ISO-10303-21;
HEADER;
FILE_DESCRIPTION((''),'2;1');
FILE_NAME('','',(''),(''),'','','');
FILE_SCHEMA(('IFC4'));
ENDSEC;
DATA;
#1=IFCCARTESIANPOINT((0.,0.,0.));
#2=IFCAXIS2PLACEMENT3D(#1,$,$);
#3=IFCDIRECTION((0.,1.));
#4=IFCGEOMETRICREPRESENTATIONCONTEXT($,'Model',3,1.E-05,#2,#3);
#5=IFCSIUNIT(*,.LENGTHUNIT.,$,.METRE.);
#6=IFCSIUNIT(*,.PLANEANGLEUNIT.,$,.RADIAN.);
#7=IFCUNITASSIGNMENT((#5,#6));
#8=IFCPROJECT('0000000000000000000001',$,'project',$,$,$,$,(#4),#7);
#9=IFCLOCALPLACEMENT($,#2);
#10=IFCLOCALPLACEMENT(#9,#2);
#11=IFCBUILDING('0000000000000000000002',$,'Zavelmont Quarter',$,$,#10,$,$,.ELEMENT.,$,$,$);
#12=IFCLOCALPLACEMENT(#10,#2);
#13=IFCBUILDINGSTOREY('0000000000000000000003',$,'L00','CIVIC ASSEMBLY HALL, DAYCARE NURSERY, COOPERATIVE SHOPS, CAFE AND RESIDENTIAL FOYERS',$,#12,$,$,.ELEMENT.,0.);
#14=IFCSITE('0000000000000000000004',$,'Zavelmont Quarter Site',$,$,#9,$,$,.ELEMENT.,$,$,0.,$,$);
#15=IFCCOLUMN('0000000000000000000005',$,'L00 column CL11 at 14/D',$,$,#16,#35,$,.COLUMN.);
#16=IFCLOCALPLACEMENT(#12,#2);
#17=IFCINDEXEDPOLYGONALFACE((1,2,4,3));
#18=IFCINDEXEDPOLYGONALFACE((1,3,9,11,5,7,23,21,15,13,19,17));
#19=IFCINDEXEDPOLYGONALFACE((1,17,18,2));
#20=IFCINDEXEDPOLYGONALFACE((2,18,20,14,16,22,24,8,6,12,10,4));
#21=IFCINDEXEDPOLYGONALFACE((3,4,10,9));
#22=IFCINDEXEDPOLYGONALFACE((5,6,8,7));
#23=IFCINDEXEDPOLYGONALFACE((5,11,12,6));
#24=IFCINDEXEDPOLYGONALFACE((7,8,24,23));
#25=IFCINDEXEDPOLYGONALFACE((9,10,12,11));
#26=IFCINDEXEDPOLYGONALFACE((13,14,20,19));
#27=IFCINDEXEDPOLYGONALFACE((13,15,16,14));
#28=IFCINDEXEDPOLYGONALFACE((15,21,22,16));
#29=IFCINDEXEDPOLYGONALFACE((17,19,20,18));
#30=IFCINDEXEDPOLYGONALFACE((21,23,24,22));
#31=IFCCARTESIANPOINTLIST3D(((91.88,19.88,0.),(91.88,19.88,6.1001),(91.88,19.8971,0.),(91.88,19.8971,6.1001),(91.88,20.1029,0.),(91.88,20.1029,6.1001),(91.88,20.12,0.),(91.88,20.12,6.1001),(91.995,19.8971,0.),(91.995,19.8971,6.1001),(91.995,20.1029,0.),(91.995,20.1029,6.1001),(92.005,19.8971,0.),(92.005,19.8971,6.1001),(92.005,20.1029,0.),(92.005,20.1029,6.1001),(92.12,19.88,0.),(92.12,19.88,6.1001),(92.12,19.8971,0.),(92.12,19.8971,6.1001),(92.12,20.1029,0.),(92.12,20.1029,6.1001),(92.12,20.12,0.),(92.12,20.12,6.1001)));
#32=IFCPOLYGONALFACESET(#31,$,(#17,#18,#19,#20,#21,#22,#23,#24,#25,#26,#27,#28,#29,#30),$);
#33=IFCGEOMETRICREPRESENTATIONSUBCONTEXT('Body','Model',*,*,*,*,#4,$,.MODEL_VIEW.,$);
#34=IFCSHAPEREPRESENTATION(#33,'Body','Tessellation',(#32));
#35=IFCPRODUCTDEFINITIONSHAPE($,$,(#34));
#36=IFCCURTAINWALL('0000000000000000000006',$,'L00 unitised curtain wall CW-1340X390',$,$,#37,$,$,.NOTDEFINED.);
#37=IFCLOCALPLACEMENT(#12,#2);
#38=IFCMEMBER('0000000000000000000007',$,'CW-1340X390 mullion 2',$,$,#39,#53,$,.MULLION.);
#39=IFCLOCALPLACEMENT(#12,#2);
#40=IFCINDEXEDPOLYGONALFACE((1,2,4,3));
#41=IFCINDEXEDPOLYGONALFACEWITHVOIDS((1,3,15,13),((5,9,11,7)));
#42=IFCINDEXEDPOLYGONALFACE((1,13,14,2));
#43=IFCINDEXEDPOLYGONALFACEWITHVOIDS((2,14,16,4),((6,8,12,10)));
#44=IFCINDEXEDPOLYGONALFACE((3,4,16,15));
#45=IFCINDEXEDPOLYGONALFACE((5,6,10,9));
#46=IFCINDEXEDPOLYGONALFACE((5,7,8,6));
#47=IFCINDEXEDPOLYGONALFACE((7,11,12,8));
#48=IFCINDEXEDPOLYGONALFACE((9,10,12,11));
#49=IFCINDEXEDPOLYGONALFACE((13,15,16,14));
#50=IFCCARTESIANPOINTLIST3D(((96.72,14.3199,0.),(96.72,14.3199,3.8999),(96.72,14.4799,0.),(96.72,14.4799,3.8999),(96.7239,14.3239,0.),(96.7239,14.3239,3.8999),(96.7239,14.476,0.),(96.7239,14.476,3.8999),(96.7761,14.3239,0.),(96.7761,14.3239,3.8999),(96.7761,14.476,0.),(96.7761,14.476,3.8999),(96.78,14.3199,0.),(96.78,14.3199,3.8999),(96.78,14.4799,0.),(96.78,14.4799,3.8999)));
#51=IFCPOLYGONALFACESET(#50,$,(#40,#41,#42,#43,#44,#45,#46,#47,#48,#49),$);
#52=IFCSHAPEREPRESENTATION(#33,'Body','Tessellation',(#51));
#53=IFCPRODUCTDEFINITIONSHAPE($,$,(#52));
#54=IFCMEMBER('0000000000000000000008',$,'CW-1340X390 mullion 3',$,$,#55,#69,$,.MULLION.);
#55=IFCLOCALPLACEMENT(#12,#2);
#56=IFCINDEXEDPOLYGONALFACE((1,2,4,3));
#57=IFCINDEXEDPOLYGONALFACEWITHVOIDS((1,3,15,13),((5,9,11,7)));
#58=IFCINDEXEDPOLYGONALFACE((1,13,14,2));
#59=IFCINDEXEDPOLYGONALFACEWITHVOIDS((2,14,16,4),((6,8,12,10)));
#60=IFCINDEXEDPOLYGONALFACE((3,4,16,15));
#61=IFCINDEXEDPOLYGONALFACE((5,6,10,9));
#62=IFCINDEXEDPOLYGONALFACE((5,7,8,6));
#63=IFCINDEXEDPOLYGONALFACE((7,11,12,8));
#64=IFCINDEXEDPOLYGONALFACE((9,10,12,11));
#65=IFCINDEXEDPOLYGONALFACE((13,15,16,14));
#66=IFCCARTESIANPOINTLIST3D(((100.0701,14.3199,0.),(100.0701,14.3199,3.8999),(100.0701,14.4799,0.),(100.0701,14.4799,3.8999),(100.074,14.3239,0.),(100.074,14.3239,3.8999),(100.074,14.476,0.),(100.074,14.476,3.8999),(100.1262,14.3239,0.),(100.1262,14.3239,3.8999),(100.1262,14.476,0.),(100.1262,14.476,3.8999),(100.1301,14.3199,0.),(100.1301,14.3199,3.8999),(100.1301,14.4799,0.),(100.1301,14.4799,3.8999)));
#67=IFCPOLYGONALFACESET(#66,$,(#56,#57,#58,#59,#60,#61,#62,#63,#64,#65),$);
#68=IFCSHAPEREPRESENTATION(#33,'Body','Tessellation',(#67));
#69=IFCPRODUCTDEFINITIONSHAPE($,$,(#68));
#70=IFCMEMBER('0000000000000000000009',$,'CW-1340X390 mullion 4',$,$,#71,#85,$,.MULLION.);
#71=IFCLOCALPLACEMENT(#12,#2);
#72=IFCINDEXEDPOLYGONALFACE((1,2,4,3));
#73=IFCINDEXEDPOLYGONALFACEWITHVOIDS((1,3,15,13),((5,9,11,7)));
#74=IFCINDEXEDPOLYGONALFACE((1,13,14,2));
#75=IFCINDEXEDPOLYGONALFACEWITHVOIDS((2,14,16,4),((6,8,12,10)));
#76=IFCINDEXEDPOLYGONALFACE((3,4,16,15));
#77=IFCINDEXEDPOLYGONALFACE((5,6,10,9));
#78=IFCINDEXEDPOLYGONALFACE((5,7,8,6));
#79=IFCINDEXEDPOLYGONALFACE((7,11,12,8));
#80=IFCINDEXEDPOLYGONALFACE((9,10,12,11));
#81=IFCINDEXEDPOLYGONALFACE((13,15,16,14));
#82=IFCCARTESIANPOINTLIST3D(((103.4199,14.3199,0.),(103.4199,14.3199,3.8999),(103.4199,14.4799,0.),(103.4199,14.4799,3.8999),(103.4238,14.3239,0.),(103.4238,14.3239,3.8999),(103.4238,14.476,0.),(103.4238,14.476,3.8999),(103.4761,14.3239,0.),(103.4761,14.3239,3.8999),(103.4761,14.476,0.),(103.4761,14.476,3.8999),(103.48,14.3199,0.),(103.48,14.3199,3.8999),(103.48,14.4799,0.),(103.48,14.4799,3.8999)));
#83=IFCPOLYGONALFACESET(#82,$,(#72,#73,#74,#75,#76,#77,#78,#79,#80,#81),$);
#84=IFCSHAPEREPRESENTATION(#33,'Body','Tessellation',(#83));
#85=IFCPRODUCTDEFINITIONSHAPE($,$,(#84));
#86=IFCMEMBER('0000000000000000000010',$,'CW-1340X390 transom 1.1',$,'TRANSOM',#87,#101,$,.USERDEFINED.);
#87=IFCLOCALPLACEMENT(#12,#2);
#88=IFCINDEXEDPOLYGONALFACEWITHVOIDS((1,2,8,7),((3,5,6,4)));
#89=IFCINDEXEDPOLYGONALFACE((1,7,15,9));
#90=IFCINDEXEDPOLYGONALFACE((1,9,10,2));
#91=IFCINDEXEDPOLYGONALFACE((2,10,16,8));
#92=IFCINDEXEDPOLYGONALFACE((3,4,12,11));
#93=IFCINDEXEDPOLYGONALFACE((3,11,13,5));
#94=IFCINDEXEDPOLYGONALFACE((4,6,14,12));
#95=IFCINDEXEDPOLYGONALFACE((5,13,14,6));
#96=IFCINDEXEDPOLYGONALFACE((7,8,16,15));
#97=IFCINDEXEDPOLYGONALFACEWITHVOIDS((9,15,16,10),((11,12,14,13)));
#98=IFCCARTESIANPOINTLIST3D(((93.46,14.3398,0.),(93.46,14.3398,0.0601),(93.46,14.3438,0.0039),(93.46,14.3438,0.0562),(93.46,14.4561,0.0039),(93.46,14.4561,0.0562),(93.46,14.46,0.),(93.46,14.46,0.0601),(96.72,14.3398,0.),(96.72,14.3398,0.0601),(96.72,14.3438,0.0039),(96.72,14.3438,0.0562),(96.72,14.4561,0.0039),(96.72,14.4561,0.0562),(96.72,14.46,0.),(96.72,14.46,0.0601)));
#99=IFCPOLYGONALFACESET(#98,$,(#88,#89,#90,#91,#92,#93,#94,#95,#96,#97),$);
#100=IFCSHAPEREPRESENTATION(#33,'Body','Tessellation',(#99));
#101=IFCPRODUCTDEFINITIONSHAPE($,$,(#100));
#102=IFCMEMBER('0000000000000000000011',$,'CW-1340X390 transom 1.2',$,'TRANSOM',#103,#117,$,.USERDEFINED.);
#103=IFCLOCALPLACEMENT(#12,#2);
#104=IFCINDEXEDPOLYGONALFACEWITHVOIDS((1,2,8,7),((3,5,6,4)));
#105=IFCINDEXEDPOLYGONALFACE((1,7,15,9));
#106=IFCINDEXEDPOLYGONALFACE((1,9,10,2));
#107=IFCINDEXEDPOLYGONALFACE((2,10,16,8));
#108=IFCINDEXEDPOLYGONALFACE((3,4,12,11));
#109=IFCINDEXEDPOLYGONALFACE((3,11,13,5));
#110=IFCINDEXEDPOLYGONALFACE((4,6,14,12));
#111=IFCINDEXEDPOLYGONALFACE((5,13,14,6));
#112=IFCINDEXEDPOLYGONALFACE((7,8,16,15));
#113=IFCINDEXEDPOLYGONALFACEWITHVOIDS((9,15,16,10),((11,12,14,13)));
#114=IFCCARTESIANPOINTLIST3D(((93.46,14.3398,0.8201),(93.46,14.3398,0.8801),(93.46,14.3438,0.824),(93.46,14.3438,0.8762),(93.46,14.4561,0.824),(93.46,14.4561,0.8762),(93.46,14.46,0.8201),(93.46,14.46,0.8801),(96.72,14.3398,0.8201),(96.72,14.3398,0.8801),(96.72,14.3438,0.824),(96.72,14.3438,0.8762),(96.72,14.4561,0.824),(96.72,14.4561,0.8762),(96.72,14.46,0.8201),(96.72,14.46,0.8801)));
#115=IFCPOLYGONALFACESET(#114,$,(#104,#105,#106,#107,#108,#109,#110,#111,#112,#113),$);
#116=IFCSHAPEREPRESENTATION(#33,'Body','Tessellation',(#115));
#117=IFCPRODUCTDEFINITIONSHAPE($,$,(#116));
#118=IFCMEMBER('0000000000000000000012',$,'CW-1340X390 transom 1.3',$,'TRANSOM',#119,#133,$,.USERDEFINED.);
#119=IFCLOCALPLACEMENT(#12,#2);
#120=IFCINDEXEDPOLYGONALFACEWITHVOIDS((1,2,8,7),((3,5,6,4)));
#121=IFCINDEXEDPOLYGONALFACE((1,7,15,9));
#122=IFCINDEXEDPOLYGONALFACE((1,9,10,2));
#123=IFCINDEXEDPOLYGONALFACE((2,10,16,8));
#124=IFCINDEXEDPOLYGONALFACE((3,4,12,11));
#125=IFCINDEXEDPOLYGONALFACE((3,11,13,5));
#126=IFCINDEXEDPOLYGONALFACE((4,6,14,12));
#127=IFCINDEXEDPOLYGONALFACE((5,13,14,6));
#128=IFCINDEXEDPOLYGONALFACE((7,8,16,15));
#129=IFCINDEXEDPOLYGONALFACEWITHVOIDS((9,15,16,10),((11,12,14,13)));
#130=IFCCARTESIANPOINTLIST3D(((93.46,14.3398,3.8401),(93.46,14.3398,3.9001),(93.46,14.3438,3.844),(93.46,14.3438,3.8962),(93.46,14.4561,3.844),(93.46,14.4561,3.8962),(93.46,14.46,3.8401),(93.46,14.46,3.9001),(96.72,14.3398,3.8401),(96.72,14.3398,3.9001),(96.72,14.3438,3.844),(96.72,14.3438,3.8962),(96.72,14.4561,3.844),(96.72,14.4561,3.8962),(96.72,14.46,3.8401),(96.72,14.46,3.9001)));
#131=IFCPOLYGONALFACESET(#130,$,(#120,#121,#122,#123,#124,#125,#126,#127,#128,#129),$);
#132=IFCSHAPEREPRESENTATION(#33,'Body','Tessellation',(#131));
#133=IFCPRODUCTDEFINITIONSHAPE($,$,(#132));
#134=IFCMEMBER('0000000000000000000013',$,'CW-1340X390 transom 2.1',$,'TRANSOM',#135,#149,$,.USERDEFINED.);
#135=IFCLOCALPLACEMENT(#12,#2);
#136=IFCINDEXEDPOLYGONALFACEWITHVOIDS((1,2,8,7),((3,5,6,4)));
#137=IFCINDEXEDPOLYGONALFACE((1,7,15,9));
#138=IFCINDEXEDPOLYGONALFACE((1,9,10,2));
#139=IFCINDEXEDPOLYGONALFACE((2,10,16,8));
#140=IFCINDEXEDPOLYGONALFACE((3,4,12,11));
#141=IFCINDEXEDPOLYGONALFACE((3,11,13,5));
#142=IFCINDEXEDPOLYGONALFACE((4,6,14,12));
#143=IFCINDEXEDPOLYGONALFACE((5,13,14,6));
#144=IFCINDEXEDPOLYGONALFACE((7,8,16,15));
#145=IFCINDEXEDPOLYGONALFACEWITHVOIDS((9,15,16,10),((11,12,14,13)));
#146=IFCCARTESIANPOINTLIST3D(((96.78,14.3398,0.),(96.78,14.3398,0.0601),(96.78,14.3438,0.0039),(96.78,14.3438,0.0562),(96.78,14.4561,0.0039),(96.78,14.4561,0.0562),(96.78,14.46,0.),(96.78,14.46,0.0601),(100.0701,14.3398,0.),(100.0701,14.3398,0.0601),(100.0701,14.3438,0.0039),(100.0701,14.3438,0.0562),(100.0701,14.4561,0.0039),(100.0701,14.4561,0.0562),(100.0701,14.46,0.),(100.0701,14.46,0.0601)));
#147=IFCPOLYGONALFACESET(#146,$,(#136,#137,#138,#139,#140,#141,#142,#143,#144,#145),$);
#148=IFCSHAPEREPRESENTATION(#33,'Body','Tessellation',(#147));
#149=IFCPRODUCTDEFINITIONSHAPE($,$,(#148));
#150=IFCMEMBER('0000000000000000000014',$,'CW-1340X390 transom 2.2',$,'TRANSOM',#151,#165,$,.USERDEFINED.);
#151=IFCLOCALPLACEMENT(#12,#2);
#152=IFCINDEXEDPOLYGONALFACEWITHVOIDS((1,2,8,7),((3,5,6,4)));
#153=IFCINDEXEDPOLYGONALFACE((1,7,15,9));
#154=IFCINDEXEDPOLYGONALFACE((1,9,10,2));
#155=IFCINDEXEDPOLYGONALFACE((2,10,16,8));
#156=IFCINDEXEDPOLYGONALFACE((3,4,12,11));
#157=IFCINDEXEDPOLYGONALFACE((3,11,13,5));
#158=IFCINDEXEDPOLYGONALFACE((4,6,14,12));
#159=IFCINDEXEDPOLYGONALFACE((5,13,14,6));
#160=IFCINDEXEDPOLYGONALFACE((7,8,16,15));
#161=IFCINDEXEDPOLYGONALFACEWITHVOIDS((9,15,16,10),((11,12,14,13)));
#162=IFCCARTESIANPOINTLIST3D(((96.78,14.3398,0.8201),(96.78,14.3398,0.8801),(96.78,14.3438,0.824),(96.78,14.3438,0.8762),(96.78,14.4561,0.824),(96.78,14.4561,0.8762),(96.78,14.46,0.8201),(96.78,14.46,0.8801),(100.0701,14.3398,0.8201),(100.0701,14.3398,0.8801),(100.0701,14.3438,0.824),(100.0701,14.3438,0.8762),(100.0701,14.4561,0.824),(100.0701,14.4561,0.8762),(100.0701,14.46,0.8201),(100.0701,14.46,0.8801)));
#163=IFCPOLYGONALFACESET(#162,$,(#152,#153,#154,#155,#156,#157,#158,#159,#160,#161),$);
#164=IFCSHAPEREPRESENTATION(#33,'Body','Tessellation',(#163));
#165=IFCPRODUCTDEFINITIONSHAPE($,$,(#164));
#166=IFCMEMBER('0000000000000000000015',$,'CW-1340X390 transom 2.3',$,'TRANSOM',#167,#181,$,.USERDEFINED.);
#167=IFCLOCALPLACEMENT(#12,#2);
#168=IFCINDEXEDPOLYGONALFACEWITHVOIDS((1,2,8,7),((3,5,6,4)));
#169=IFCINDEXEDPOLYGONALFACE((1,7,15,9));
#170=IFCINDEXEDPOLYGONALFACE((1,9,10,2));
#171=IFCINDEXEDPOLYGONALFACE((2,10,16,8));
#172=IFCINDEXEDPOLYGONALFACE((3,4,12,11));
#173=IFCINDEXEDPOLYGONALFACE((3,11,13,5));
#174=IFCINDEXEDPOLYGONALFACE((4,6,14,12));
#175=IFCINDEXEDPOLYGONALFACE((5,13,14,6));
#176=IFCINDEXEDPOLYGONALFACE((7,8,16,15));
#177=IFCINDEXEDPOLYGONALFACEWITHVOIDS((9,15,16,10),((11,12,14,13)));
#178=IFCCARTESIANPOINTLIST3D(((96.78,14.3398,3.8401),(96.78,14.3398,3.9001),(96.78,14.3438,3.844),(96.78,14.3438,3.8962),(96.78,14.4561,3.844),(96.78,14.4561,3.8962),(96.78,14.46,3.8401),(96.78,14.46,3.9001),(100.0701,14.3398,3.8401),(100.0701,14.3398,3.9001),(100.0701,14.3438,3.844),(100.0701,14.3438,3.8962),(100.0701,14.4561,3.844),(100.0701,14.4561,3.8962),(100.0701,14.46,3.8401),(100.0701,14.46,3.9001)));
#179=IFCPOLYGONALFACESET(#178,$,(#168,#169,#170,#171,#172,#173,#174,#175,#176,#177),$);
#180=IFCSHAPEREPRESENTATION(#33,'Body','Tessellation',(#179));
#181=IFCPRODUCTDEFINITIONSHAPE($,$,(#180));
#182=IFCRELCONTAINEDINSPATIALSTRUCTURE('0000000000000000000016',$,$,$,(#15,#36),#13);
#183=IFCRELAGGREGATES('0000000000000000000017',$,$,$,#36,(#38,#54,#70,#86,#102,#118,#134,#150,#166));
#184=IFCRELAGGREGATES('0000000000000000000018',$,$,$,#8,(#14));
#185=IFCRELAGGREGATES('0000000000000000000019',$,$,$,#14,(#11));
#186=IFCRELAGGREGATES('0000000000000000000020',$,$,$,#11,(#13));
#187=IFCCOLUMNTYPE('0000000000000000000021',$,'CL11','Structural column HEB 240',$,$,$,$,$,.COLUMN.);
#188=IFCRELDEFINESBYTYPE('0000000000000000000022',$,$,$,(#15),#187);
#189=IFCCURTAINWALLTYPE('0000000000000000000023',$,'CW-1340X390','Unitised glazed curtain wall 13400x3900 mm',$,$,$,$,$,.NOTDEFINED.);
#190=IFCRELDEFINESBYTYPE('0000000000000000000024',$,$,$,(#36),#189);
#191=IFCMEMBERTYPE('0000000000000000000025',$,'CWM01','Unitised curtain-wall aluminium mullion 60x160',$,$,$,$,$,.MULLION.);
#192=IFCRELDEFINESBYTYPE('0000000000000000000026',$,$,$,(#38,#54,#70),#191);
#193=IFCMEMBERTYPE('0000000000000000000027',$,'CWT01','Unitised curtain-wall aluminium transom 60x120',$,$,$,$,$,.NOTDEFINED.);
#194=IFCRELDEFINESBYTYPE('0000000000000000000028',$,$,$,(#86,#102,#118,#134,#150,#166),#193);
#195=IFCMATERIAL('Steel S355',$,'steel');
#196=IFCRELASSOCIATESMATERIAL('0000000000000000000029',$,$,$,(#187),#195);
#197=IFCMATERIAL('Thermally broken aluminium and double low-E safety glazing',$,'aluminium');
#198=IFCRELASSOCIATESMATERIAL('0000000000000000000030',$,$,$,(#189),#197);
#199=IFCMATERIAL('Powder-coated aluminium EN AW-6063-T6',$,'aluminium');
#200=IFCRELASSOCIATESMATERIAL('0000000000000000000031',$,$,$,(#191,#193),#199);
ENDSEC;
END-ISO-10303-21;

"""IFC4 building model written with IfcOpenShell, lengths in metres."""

from ifc_helpers import new_model, si_unit, direction, frame, origin, origin_2d, place, context, subcontext, project, spatial, hollow_rectangle, i_section, extrude, material, material_profile, profile_set, type_object, element, aggregate, save


model = new_model("IFC4")

# Units and contexts
model_context = context("Model", 3, precision=1e-05, world=origin(), true_north=direction((0.0, 1.0)))
body_context = subcontext(model_context, "Body", "Model", "MODEL_VIEW")
ifc_project = project(units=[si_unit("LENGTHUNIT", "METRE"), si_unit("PLANEANGLEUNIT", "RADIAN")], contexts=[model_context])

# Site, building, storey
site_placement = place(None, origin())
site = spatial("IfcSite", under=ifc_project, at=site_placement, Name="Zavelmont Quarter Site", CompositionType="ELEMENT", RefElevation=0.0)
building_placement = place(site_placement, origin())
building = spatial("IfcBuilding", under=site, at=building_placement, Name="Zavelmont Quarter", CompositionType="ELEMENT")
storey_placement = place(building_placement, origin())
storey = spatial("IfcBuildingStorey", under=building, at=storey_placement, Name="L00", Description="CIVIC ASSEMBLY HALL, DAYCARE NURSERY, COOPERATIVE SHOPS, CAFE AND RESIDENTIAL FOYERS", CompositionType="ELEMENT", Elevation=0.0)

# Column
ifc_material_1 = material(Name="Steel S355", Category="steel")
ifc_material_profile_1 = material_profile(ifc_material_1, i_section(OverallWidth=0.24, OverallDepth=0.24, WebThickness=0.01, FlangeThickness=0.0171, at=origin_2d()), Name="HEB 240")
ifc_profile_set_1 = profile_set([ifc_material_profile_1], Name="Steel S355")
column_type = type_object("IfcColumnType", Name="CL11", Description="Structural column HEB 240", PredefinedType="COLUMN", material=ifc_profile_set_1)
column_placement = place(storey_placement, frame((92.0, 20.0, 0.0), z_axis=(0.0, 0.0, 1.0), x_axis=(1.0, 0.0, 0.0)))
element("IfcColumn", 1, at=column_placement, inside=storey, type_object=column_type, Name="L00 column CL11 at 14/D", PredefinedType="COLUMN", context=body_context, shape_type="SweptSolid", body=[
    extrude(i_section(OverallWidth=0.24, OverallDepth=0.24, WebThickness=0.01, FlangeThickness=0.0171, at=origin_2d()), origin(), (0.0, 0.0, 1.0), 6.1001),
])

# Curtain wall, members
ifc_material_2 = material(Name="Thermally broken aluminium and double low-E safety glazing", Category="aluminium")
curtain_wall_type_1 = type_object("IfcCurtainWallType", Name="CW-1340X390", Description="Unitised glazed curtain wall 13400x3900 mm", PredefinedType="NOTDEFINED", material=ifc_material_2)
curtain_wall_1_placement = place(storey_placement, origin())
curtain_wall_1 = element("IfcCurtainWall", 2, at=curtain_wall_1_placement, inside=storey, type_object=curtain_wall_type_1, Name="L00 unitised curtain wall CW-1340X390", PredefinedType="NOTDEFINED")
ifc_material_3 = material(Name="Powder-coated aluminium EN AW-6063-T6", Category="aluminium")
ifc_material_profile_2 = material_profile(ifc_material_3, hollow_rectangle(XDim=0.0601, YDim=0.1599, WallThickness=0.0039, at=origin_2d()), Name="CWM60X160")
ifc_profile_set_2 = profile_set([ifc_material_profile_2], Name="Powder-coated aluminium EN AW-6063-T6")
member_type_1 = type_object("IfcMemberType", Name="CWM01", Description="Unitised curtain-wall aluminium mullion 60x160", PredefinedType="MULLION", material=ifc_profile_set_2)
member_1_placement = place(storey_placement, frame((96.75, 14.3999, 0.0), z_axis=(0.0, 0.0, 1.0), x_axis=(1.0, 0.0, 0.0)))
member_1 = element("IfcMember", 3, at=member_1_placement, type_object=member_type_1, Name="CW-1340X390 mullion 2", PredefinedType="MULLION", context=body_context, shape_type="SweptSolid", body=[
    extrude(hollow_rectangle(XDim=0.0601, YDim=0.1599, WallThickness=0.0039, at=origin_2d()), origin(), (0.0, 0.0, 1.0), 3.8999),
])
member_2_placement = place(storey_placement, frame((100.1001, 14.3999, 0.0), z_axis=(0.0, 0.0, 1.0), x_axis=(1.0, 0.0, 0.0)))
member_2 = element("IfcMember", 4, at=member_2_placement, type_object=member_type_1, Name="CW-1340X390 mullion 3", PredefinedType="MULLION", context=body_context, shape_type="SweptSolid", body=[
    extrude(hollow_rectangle(XDim=0.0601, YDim=0.1599, WallThickness=0.0039, at=origin_2d()), origin(), (0.0, 0.0, 1.0), 3.8999),
])
member_3_placement = place(storey_placement, frame((103.45, 14.3999, 0.0), z_axis=(0.0, 0.0, 1.0), x_axis=(1.0, 0.0, 0.0)))
member_3 = element("IfcMember", 5, at=member_3_placement, type_object=member_type_1, Name="CW-1340X390 mullion 4", PredefinedType="MULLION", context=body_context, shape_type="SweptSolid", body=[
    extrude(hollow_rectangle(XDim=0.0601, YDim=0.1599, WallThickness=0.0039, at=origin_2d()), origin(), (0.0, 0.0, 1.0), 3.8999),
])
ifc_material_profile_3 = material_profile(ifc_material_3, hollow_rectangle(XDim=0.1201, YDim=0.0601, WallThickness=0.0039, at=origin_2d()), Name="CWT60X120")
ifc_profile_set_3 = profile_set([ifc_material_profile_3], Name="Powder-coated aluminium EN AW-6063-T6")
member_type_2 = type_object("IfcMemberType", Name="CWT01", Description="Unitised curtain-wall aluminium transom 60x120", PredefinedType="NOTDEFINED", material=ifc_profile_set_3)
member_4_placement = place(storey_placement, frame((93.46, 14.3999, 0.03), z_axis=(1.0, 0.0, 0.0), x_axis=(0.0, 1.0, 0.0)))
member_4 = element("IfcMember", 6, at=member_4_placement, type_object=member_type_2, Name="CW-1340X390 transom 1.1", ObjectType="TRANSOM", PredefinedType="USERDEFINED", context=body_context, shape_type="SweptSolid", body=[
    extrude(hollow_rectangle(XDim=0.1201, YDim=0.0601, WallThickness=0.0039, at=origin_2d()), origin(), (0.0, 0.0, 1.0), 3.26),
])
member_5_placement = place(storey_placement, frame((93.46, 14.3999, 0.8501), z_axis=(1.0, 0.0, 0.0), x_axis=(0.0, 1.0, 0.0)))
member_5 = element("IfcMember", 7, at=member_5_placement, type_object=member_type_2, Name="CW-1340X390 transom 1.2", ObjectType="TRANSOM", PredefinedType="USERDEFINED", context=body_context, shape_type="SweptSolid", body=[
    extrude(hollow_rectangle(XDim=0.1201, YDim=0.0601, WallThickness=0.0039, at=origin_2d()), origin(), (0.0, 0.0, 1.0), 3.26),
])
member_6_placement = place(storey_placement, frame((93.46, 14.3999, 3.8701), z_axis=(1.0, 0.0, 0.0), x_axis=(0.0, 1.0, 0.0)))
member_6 = element("IfcMember", 8, at=member_6_placement, type_object=member_type_2, Name="CW-1340X390 transom 1.3", ObjectType="TRANSOM", PredefinedType="USERDEFINED", context=body_context, shape_type="SweptSolid", body=[
    extrude(hollow_rectangle(XDim=0.1201, YDim=0.0601, WallThickness=0.0039, at=origin_2d()), origin(), (0.0, 0.0, 1.0), 3.26),
])
member_7_placement = place(storey_placement, frame((96.78, 14.3999, 0.03), z_axis=(1.0, 0.0, 0.0), x_axis=(0.0, 1.0, 0.0)))
member_7 = element("IfcMember", 9, at=member_7_placement, type_object=member_type_2, Name="CW-1340X390 transom 2.1", ObjectType="TRANSOM", PredefinedType="USERDEFINED", context=body_context, shape_type="SweptSolid", body=[
    extrude(hollow_rectangle(XDim=0.1201, YDim=0.0601, WallThickness=0.0039, at=origin_2d()), origin(), (0.0, 0.0, 1.0), 3.29),
])
member_8_placement = place(storey_placement, frame((96.78, 14.3999, 0.8501), z_axis=(1.0, 0.0, 0.0), x_axis=(0.0, 1.0, 0.0)))
member_8 = element("IfcMember", 10, at=member_8_placement, type_object=member_type_2, Name="CW-1340X390 transom 2.2", ObjectType="TRANSOM", PredefinedType="USERDEFINED", context=body_context, shape_type="SweptSolid", body=[
    extrude(hollow_rectangle(XDim=0.1201, YDim=0.0601, WallThickness=0.0039, at=origin_2d()), origin(), (0.0, 0.0, 1.0), 3.29),
])
member_9_placement = place(storey_placement, frame((96.78, 14.3999, 3.8701), z_axis=(1.0, 0.0, 0.0), x_axis=(0.0, 1.0, 0.0)))
member_9 = element("IfcMember", 11, at=member_9_placement, type_object=member_type_2, Name="CW-1340X390 transom 2.3", ObjectType="TRANSOM", PredefinedType="USERDEFINED", context=body_context, shape_type="SweptSolid", body=[
    extrude(hollow_rectangle(XDim=0.1201, YDim=0.0601, WallThickness=0.0039, at=origin_2d()), origin(), (0.0, 0.0, 1.0), 3.29),
])

aggregate(curtain_wall_1, [member_1, member_2, member_3, member_4, member_5, member_6, member_7, member_8, member_9])

save(model, "model.ifc")
